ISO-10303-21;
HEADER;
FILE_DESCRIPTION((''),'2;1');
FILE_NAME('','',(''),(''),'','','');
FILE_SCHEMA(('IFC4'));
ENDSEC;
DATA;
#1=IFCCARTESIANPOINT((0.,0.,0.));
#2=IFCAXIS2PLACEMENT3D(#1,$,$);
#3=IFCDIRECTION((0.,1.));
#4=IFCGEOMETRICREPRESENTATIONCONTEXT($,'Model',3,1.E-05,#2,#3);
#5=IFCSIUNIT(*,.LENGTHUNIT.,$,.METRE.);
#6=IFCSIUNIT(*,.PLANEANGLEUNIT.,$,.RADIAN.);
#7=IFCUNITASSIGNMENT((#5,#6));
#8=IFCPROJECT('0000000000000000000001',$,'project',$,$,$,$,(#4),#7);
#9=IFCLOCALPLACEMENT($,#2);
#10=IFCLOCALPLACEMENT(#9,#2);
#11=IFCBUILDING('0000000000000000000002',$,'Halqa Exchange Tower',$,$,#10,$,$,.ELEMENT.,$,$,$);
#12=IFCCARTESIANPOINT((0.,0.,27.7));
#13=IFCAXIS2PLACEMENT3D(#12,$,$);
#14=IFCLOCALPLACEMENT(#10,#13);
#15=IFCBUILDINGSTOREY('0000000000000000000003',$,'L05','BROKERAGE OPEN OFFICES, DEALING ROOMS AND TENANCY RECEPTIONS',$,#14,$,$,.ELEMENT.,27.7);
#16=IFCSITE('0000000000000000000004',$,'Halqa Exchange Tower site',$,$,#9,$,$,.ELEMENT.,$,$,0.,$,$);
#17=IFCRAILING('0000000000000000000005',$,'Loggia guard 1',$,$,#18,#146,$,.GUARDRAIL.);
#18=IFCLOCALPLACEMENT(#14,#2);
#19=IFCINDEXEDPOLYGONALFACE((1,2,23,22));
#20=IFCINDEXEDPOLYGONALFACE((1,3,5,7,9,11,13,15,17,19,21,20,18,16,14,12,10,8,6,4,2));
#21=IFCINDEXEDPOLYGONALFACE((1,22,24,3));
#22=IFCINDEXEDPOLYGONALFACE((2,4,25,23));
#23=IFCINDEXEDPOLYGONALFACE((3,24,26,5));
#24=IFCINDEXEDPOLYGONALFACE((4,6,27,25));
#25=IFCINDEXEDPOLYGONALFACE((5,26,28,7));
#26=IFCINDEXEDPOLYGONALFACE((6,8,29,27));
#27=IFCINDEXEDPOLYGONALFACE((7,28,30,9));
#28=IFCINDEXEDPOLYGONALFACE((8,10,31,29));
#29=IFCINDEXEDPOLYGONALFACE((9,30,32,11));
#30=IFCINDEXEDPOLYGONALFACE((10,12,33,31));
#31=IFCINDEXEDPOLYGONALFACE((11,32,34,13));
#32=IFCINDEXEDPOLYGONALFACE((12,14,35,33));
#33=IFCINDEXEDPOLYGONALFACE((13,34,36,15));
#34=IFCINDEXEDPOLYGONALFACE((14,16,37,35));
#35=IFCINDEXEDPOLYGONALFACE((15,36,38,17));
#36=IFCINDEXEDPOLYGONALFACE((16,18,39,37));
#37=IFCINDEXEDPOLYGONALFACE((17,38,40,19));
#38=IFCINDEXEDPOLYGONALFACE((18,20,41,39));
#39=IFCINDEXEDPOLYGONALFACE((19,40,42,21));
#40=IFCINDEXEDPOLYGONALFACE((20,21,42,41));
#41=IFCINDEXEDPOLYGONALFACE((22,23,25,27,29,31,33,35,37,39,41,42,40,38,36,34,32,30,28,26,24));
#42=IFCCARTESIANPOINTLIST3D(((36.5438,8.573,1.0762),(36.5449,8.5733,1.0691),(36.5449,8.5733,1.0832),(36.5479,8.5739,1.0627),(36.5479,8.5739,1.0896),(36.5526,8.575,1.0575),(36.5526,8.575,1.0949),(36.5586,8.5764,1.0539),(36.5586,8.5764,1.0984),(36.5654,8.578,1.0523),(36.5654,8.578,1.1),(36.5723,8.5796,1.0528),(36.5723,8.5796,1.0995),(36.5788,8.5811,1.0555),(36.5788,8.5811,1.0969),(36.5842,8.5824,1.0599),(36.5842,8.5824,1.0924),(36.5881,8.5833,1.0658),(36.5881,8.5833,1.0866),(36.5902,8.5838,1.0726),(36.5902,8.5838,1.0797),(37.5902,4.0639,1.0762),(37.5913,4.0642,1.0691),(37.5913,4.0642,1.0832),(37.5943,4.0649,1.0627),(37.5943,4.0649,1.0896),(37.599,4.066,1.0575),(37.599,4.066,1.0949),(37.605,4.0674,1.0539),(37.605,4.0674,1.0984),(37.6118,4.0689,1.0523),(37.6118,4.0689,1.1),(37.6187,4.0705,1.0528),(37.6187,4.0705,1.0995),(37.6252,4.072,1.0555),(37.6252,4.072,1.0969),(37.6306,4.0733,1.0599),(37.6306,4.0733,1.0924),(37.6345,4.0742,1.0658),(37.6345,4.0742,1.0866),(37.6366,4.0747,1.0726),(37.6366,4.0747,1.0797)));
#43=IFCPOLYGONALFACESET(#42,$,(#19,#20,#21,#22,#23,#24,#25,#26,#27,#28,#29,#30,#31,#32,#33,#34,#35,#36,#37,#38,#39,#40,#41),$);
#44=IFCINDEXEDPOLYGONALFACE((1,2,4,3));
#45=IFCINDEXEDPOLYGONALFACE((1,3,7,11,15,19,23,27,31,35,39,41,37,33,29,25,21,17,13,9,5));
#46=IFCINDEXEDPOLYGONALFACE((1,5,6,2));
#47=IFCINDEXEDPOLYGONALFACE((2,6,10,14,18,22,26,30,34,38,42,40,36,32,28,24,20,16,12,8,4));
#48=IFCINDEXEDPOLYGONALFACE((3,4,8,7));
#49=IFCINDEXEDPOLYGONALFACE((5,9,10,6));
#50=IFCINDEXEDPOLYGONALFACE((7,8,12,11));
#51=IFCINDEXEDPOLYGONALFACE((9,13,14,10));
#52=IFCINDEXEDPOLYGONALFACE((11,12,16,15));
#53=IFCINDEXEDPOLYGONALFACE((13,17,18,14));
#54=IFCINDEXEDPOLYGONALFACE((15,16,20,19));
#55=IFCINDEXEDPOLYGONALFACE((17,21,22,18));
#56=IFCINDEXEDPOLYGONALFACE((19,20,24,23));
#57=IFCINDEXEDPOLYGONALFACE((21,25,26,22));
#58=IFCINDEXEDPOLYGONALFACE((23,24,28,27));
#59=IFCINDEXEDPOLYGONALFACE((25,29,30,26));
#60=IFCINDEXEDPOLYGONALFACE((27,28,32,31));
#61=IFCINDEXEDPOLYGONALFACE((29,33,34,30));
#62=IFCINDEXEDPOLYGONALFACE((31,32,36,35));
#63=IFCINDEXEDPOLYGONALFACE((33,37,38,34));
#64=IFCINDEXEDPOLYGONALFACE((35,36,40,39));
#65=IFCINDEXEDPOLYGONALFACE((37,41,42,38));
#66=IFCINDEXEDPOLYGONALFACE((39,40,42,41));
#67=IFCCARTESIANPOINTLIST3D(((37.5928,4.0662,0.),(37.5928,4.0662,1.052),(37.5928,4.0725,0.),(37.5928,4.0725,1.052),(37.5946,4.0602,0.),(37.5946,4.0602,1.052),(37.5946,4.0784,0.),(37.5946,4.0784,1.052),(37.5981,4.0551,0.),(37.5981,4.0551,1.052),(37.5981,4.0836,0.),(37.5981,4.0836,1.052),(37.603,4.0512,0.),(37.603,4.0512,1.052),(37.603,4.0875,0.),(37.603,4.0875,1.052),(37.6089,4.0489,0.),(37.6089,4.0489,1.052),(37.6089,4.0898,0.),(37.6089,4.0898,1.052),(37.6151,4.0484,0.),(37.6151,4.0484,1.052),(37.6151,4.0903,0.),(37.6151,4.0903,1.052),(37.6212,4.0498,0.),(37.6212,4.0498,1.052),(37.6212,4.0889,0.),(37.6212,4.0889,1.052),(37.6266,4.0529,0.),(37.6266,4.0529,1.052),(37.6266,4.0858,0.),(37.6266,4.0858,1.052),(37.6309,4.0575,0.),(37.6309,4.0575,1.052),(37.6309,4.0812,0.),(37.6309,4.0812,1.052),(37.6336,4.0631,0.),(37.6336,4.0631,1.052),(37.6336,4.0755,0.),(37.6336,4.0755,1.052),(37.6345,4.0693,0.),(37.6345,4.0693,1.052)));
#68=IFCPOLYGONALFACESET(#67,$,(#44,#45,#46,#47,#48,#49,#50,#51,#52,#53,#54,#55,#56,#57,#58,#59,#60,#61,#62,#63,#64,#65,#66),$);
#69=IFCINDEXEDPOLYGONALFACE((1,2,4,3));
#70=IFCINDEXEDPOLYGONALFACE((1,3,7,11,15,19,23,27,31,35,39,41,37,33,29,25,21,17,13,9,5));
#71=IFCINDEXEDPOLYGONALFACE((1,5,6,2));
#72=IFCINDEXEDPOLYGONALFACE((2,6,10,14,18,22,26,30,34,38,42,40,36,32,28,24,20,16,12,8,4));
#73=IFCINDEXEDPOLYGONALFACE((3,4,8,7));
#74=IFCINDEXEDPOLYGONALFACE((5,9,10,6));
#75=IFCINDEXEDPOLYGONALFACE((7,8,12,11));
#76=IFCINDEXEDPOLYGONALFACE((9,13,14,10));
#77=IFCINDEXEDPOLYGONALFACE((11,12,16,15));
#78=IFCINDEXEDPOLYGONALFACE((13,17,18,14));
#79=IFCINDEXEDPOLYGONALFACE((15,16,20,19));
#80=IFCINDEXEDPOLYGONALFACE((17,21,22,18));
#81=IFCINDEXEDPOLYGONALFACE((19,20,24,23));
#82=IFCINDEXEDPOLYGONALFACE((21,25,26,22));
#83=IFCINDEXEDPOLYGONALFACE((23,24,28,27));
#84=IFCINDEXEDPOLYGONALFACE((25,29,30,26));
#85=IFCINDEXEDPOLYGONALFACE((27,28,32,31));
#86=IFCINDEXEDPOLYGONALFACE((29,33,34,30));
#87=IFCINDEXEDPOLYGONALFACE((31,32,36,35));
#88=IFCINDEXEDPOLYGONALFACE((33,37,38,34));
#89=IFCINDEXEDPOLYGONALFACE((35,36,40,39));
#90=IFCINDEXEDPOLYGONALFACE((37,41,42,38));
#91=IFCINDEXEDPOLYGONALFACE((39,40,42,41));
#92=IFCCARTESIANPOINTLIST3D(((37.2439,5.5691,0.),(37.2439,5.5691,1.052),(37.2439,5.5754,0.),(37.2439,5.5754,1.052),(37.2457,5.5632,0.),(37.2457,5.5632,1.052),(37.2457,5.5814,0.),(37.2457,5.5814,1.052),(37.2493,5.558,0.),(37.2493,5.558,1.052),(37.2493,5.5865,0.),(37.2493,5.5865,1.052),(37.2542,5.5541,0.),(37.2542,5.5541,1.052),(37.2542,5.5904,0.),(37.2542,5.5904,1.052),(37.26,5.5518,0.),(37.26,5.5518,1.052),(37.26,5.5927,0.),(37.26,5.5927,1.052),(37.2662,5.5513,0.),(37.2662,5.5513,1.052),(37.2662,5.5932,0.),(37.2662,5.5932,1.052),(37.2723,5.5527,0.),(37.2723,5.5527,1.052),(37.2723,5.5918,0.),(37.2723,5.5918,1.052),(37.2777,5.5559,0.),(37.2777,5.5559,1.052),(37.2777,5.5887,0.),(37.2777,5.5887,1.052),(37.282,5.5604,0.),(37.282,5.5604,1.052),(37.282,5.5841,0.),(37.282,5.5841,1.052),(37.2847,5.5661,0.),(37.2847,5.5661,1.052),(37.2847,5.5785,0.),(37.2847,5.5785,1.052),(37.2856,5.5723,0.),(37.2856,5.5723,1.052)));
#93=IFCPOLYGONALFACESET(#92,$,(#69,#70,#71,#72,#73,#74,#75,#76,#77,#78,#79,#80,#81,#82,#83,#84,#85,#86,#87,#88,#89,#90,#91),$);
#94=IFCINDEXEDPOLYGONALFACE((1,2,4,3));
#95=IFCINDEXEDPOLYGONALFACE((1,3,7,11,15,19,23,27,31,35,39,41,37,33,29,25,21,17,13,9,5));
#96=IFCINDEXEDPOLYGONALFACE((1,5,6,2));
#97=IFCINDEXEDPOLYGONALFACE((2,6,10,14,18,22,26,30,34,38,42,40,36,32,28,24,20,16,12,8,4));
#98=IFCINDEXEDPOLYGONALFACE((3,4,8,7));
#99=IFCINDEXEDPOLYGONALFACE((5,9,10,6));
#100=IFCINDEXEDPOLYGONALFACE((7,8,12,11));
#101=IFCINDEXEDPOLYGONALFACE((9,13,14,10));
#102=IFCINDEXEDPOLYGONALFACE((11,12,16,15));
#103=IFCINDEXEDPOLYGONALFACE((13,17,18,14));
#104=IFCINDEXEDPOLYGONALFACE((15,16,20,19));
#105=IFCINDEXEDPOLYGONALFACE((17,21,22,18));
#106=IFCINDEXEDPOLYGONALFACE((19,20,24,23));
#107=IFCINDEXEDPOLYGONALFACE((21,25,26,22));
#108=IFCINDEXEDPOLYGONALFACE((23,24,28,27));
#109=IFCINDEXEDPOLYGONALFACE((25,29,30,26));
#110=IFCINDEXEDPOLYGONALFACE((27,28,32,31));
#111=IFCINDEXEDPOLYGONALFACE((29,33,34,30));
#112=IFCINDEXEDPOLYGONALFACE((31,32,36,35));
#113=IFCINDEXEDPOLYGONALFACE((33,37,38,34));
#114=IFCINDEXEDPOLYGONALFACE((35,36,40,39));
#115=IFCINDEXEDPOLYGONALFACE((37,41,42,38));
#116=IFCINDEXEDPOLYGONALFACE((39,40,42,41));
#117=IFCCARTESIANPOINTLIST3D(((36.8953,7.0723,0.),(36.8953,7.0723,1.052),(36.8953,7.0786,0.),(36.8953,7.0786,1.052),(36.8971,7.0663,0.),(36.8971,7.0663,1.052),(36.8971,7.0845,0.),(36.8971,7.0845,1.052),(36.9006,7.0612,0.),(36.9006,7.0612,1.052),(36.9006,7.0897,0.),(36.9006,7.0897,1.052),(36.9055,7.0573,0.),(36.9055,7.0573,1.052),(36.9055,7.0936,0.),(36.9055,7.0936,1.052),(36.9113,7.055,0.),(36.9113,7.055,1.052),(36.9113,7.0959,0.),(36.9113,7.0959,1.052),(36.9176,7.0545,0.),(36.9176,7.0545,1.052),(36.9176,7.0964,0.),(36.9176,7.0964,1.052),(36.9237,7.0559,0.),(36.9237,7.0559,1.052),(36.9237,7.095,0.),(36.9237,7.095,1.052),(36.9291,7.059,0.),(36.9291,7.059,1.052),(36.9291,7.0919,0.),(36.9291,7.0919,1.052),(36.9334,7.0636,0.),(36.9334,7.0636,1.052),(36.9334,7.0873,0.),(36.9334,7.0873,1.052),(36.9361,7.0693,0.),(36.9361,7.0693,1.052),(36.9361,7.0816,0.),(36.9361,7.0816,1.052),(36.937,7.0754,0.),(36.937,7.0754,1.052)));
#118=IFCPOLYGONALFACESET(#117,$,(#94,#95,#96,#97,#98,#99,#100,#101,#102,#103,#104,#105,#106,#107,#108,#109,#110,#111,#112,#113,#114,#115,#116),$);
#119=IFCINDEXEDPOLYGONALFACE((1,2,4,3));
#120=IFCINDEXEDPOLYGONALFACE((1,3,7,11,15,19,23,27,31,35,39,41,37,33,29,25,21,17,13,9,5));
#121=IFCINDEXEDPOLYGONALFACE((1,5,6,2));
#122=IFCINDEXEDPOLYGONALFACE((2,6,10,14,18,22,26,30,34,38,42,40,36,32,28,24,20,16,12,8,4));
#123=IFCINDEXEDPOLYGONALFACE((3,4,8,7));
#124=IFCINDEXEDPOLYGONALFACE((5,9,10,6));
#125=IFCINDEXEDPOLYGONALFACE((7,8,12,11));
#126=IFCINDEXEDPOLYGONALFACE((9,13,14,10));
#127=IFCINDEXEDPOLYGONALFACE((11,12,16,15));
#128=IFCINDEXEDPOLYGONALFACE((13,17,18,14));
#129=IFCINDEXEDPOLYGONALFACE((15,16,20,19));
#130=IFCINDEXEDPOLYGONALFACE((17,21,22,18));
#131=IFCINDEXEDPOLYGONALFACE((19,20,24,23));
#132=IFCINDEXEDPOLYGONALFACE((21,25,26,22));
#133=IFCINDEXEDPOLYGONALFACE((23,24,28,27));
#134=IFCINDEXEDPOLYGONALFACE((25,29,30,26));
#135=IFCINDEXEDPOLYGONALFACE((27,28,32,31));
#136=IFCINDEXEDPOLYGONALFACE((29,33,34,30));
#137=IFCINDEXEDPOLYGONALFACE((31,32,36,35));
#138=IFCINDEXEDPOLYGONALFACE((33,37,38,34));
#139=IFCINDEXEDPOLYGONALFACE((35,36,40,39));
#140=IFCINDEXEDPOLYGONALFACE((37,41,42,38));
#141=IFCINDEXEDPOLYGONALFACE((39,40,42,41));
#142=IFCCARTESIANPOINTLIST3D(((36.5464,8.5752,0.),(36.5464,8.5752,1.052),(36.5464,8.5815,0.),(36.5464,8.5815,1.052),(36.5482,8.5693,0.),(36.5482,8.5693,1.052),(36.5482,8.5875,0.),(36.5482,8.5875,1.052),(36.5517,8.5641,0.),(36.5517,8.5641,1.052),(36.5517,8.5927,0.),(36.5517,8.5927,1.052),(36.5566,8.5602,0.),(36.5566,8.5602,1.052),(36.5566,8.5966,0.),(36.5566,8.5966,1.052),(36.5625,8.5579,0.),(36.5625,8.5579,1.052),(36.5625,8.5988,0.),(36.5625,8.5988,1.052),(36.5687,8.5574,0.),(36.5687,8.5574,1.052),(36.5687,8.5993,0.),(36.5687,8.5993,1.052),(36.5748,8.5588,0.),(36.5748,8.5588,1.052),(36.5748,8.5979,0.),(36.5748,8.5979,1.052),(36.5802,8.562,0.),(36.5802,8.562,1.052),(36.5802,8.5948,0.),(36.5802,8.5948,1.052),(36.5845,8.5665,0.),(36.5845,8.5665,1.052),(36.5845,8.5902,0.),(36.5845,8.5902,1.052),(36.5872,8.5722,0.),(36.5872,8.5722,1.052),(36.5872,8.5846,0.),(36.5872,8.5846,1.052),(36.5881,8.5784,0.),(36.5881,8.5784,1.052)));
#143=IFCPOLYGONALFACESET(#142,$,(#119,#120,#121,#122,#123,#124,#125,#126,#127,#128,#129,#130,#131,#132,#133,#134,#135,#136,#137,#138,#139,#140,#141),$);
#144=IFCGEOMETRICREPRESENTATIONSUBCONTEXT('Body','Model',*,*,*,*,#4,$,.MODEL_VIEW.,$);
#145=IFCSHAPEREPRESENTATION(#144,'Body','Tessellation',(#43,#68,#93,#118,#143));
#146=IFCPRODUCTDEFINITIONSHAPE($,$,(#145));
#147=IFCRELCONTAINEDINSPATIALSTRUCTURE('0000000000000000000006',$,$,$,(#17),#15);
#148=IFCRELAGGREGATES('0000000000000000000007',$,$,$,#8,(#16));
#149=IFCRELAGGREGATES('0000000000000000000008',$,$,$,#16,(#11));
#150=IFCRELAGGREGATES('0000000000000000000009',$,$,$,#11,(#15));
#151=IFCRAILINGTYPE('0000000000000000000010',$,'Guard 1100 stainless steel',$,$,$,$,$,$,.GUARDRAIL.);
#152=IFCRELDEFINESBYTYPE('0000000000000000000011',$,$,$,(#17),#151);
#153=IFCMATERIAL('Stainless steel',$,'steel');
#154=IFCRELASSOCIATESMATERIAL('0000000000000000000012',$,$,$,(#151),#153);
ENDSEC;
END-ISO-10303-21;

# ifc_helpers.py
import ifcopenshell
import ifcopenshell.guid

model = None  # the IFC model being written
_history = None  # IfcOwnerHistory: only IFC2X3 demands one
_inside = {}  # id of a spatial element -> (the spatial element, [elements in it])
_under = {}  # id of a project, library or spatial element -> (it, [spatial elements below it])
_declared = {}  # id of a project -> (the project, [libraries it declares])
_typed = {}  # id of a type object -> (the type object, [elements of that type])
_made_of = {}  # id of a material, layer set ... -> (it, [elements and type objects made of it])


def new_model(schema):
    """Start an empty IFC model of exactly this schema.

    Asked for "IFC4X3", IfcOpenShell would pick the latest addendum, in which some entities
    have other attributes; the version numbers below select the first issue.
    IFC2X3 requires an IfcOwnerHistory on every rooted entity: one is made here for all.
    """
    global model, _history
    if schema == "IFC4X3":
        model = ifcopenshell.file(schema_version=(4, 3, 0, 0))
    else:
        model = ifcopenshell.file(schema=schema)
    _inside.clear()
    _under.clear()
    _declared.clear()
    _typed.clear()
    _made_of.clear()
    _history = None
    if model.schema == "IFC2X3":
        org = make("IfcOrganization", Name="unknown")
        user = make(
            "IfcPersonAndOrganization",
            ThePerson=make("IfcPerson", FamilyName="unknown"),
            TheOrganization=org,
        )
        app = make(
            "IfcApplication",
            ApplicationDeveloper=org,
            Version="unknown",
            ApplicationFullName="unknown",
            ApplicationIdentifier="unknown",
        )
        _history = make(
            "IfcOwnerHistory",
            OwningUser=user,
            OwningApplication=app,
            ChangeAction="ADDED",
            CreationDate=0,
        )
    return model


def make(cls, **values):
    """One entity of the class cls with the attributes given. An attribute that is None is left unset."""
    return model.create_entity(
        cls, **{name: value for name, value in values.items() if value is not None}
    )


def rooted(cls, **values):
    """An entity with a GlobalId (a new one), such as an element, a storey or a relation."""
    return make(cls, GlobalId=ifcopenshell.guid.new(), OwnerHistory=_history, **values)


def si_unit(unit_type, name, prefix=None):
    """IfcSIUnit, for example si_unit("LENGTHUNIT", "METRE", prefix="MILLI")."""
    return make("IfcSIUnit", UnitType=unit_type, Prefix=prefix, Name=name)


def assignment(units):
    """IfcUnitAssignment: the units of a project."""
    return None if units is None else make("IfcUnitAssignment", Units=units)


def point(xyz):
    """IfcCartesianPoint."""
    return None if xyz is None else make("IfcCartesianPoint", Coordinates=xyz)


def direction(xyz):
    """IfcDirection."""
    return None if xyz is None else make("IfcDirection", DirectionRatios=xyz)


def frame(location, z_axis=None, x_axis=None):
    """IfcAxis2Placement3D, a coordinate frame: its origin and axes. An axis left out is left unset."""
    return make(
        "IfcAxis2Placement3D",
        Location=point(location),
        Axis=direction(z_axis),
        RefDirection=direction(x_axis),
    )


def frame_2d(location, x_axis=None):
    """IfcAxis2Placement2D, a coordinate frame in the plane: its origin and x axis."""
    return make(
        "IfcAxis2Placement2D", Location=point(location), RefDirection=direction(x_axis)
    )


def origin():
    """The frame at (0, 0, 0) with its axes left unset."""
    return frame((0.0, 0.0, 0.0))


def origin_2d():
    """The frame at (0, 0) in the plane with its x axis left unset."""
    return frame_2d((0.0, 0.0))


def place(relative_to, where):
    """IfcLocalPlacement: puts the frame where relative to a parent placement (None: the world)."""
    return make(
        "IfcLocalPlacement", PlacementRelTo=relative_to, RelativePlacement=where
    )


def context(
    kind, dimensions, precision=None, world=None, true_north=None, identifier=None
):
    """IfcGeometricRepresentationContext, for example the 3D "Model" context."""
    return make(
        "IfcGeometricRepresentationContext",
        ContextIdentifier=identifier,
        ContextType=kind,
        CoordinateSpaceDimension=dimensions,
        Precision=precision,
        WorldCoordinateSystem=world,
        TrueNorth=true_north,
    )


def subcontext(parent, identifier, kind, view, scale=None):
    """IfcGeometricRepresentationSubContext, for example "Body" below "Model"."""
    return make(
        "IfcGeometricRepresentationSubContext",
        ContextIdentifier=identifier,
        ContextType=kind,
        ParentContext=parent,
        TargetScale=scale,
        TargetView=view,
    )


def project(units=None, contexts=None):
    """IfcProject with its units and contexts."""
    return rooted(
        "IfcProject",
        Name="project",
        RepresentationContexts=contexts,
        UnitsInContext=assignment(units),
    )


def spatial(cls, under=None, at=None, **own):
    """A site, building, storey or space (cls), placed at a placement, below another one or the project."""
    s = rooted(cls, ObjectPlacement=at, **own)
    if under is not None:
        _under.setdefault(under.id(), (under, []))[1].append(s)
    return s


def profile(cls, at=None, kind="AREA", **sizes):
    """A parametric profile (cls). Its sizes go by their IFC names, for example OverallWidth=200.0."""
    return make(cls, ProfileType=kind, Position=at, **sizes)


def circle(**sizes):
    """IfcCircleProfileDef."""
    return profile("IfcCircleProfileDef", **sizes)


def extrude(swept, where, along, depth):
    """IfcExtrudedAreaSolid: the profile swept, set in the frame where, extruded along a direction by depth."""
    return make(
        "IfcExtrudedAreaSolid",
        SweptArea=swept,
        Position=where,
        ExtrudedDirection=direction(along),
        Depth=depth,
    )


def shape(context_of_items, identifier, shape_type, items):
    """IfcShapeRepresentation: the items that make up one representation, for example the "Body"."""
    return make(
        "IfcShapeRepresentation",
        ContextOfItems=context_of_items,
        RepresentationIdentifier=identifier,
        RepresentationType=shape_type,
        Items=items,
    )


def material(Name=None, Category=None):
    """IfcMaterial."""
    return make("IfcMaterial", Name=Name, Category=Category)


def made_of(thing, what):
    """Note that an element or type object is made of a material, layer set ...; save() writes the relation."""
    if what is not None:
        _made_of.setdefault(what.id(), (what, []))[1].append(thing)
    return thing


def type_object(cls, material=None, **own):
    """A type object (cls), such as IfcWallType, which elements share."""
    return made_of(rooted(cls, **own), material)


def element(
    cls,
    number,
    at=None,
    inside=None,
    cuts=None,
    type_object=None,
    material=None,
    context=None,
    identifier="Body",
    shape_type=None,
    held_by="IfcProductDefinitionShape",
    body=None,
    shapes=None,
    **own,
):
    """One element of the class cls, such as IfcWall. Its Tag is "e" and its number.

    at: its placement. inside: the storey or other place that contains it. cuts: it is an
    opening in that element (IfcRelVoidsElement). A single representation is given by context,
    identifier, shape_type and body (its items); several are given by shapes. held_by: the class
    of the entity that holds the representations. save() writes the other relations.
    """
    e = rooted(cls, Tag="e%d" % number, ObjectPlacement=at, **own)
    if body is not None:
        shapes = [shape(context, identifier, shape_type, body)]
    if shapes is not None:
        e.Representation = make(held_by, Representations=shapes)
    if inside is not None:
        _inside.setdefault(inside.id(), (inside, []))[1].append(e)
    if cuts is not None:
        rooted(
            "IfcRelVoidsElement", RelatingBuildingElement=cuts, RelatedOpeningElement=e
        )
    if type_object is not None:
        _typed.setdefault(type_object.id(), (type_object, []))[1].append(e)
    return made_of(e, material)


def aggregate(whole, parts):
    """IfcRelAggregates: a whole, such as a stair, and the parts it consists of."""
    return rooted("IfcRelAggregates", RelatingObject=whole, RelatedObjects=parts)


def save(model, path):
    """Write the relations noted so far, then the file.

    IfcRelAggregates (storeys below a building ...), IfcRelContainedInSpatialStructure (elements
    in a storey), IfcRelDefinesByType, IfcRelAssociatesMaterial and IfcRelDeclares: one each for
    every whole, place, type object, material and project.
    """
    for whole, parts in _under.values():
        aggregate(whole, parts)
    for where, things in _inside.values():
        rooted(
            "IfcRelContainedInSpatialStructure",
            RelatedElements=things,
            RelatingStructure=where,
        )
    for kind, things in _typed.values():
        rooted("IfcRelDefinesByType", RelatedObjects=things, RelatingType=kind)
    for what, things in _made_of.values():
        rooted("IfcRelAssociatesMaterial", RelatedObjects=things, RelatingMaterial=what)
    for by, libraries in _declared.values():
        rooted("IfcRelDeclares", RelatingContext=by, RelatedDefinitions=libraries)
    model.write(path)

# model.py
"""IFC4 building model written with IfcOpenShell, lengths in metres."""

from ifc_helpers import new_model, si_unit, direction, frame, origin, origin_2d, place, context, subcontext, project, spatial, circle, extrude, material, type_object, element, save


model = new_model("IFC4")

# Units and contexts
model_context = context("Model", 3, precision=1e-05, world=origin(), true_north=direction((0.0, 1.0)))
body_context = subcontext(model_context, "Body", "Model", "MODEL_VIEW")
ifc_project = project(units=[si_unit("LENGTHUNIT", "METRE"), si_unit("PLANEANGLEUNIT", "RADIAN")], contexts=[model_context])

# Site, building, storey
site_placement = place(None, origin())
site = spatial("IfcSite", under=ifc_project, at=site_placement, Name="Halqa Exchange Tower site", CompositionType="ELEMENT", RefElevation=0.0)
building_placement = place(site_placement, origin())
building = spatial("IfcBuilding", under=site, at=building_placement, Name="Halqa Exchange Tower", CompositionType="ELEMENT")
storey_placement = place(building_placement, frame((0.0, 0.0, 27.7)))
storey = spatial("IfcBuildingStorey", under=building, at=storey_placement, Name="L05", Description="BROKERAGE OPEN OFFICES, DEALING ROOMS AND TENANCY RECEPTIONS", CompositionType="ELEMENT", Elevation=27.7)

# Railing
ifc_material_1 = material(Name="Stainless steel", Category="steel")
railing_type = type_object("IfcRailingType", Name="Guard 1100 stainless steel", PredefinedType="GUARDRAIL", material=ifc_material_1)
railing_1_placement = place(storey_placement, frame((37.6135, 4.0693, 0.0)))
element("IfcRailing", 1, at=railing_1_placement, inside=storey, type_object=railing_type, Name="Loggia guard 1", PredefinedType="GUARDRAIL", context=body_context, shape_type="SweptSolid", body=[
    extrude(circle(Radius=0.0239, at=origin_2d()), frame((0.0, 0.0, 1.0762), z_axis=(-0.226057, 0.974114, 0.0), x_axis=(-0.974114, -0.226057, 0.0)), (0.0, 0.0, 1.0), 4.6289),
    extrude(circle(Radius=0.021, at=origin_2d()), origin(), (0.0, 0.0, 1.0), 1.052),
    extrude(circle(Radius=0.021, at=origin_2d()), frame((-0.3489, 1.5029, 0.0)), (0.0, 0.0, 1.0), 1.052),
    extrude(circle(Radius=0.021, at=origin_2d()), frame((-0.6975, 3.0061, 0.0)), (0.0, 0.0, 1.0), 1.052),
    extrude(circle(Radius=0.021, at=origin_2d()), frame((-1.0464, 4.509, 0.0)), (0.0, 0.0, 1.0), 1.052),
])

save(model, "model.ifc")
